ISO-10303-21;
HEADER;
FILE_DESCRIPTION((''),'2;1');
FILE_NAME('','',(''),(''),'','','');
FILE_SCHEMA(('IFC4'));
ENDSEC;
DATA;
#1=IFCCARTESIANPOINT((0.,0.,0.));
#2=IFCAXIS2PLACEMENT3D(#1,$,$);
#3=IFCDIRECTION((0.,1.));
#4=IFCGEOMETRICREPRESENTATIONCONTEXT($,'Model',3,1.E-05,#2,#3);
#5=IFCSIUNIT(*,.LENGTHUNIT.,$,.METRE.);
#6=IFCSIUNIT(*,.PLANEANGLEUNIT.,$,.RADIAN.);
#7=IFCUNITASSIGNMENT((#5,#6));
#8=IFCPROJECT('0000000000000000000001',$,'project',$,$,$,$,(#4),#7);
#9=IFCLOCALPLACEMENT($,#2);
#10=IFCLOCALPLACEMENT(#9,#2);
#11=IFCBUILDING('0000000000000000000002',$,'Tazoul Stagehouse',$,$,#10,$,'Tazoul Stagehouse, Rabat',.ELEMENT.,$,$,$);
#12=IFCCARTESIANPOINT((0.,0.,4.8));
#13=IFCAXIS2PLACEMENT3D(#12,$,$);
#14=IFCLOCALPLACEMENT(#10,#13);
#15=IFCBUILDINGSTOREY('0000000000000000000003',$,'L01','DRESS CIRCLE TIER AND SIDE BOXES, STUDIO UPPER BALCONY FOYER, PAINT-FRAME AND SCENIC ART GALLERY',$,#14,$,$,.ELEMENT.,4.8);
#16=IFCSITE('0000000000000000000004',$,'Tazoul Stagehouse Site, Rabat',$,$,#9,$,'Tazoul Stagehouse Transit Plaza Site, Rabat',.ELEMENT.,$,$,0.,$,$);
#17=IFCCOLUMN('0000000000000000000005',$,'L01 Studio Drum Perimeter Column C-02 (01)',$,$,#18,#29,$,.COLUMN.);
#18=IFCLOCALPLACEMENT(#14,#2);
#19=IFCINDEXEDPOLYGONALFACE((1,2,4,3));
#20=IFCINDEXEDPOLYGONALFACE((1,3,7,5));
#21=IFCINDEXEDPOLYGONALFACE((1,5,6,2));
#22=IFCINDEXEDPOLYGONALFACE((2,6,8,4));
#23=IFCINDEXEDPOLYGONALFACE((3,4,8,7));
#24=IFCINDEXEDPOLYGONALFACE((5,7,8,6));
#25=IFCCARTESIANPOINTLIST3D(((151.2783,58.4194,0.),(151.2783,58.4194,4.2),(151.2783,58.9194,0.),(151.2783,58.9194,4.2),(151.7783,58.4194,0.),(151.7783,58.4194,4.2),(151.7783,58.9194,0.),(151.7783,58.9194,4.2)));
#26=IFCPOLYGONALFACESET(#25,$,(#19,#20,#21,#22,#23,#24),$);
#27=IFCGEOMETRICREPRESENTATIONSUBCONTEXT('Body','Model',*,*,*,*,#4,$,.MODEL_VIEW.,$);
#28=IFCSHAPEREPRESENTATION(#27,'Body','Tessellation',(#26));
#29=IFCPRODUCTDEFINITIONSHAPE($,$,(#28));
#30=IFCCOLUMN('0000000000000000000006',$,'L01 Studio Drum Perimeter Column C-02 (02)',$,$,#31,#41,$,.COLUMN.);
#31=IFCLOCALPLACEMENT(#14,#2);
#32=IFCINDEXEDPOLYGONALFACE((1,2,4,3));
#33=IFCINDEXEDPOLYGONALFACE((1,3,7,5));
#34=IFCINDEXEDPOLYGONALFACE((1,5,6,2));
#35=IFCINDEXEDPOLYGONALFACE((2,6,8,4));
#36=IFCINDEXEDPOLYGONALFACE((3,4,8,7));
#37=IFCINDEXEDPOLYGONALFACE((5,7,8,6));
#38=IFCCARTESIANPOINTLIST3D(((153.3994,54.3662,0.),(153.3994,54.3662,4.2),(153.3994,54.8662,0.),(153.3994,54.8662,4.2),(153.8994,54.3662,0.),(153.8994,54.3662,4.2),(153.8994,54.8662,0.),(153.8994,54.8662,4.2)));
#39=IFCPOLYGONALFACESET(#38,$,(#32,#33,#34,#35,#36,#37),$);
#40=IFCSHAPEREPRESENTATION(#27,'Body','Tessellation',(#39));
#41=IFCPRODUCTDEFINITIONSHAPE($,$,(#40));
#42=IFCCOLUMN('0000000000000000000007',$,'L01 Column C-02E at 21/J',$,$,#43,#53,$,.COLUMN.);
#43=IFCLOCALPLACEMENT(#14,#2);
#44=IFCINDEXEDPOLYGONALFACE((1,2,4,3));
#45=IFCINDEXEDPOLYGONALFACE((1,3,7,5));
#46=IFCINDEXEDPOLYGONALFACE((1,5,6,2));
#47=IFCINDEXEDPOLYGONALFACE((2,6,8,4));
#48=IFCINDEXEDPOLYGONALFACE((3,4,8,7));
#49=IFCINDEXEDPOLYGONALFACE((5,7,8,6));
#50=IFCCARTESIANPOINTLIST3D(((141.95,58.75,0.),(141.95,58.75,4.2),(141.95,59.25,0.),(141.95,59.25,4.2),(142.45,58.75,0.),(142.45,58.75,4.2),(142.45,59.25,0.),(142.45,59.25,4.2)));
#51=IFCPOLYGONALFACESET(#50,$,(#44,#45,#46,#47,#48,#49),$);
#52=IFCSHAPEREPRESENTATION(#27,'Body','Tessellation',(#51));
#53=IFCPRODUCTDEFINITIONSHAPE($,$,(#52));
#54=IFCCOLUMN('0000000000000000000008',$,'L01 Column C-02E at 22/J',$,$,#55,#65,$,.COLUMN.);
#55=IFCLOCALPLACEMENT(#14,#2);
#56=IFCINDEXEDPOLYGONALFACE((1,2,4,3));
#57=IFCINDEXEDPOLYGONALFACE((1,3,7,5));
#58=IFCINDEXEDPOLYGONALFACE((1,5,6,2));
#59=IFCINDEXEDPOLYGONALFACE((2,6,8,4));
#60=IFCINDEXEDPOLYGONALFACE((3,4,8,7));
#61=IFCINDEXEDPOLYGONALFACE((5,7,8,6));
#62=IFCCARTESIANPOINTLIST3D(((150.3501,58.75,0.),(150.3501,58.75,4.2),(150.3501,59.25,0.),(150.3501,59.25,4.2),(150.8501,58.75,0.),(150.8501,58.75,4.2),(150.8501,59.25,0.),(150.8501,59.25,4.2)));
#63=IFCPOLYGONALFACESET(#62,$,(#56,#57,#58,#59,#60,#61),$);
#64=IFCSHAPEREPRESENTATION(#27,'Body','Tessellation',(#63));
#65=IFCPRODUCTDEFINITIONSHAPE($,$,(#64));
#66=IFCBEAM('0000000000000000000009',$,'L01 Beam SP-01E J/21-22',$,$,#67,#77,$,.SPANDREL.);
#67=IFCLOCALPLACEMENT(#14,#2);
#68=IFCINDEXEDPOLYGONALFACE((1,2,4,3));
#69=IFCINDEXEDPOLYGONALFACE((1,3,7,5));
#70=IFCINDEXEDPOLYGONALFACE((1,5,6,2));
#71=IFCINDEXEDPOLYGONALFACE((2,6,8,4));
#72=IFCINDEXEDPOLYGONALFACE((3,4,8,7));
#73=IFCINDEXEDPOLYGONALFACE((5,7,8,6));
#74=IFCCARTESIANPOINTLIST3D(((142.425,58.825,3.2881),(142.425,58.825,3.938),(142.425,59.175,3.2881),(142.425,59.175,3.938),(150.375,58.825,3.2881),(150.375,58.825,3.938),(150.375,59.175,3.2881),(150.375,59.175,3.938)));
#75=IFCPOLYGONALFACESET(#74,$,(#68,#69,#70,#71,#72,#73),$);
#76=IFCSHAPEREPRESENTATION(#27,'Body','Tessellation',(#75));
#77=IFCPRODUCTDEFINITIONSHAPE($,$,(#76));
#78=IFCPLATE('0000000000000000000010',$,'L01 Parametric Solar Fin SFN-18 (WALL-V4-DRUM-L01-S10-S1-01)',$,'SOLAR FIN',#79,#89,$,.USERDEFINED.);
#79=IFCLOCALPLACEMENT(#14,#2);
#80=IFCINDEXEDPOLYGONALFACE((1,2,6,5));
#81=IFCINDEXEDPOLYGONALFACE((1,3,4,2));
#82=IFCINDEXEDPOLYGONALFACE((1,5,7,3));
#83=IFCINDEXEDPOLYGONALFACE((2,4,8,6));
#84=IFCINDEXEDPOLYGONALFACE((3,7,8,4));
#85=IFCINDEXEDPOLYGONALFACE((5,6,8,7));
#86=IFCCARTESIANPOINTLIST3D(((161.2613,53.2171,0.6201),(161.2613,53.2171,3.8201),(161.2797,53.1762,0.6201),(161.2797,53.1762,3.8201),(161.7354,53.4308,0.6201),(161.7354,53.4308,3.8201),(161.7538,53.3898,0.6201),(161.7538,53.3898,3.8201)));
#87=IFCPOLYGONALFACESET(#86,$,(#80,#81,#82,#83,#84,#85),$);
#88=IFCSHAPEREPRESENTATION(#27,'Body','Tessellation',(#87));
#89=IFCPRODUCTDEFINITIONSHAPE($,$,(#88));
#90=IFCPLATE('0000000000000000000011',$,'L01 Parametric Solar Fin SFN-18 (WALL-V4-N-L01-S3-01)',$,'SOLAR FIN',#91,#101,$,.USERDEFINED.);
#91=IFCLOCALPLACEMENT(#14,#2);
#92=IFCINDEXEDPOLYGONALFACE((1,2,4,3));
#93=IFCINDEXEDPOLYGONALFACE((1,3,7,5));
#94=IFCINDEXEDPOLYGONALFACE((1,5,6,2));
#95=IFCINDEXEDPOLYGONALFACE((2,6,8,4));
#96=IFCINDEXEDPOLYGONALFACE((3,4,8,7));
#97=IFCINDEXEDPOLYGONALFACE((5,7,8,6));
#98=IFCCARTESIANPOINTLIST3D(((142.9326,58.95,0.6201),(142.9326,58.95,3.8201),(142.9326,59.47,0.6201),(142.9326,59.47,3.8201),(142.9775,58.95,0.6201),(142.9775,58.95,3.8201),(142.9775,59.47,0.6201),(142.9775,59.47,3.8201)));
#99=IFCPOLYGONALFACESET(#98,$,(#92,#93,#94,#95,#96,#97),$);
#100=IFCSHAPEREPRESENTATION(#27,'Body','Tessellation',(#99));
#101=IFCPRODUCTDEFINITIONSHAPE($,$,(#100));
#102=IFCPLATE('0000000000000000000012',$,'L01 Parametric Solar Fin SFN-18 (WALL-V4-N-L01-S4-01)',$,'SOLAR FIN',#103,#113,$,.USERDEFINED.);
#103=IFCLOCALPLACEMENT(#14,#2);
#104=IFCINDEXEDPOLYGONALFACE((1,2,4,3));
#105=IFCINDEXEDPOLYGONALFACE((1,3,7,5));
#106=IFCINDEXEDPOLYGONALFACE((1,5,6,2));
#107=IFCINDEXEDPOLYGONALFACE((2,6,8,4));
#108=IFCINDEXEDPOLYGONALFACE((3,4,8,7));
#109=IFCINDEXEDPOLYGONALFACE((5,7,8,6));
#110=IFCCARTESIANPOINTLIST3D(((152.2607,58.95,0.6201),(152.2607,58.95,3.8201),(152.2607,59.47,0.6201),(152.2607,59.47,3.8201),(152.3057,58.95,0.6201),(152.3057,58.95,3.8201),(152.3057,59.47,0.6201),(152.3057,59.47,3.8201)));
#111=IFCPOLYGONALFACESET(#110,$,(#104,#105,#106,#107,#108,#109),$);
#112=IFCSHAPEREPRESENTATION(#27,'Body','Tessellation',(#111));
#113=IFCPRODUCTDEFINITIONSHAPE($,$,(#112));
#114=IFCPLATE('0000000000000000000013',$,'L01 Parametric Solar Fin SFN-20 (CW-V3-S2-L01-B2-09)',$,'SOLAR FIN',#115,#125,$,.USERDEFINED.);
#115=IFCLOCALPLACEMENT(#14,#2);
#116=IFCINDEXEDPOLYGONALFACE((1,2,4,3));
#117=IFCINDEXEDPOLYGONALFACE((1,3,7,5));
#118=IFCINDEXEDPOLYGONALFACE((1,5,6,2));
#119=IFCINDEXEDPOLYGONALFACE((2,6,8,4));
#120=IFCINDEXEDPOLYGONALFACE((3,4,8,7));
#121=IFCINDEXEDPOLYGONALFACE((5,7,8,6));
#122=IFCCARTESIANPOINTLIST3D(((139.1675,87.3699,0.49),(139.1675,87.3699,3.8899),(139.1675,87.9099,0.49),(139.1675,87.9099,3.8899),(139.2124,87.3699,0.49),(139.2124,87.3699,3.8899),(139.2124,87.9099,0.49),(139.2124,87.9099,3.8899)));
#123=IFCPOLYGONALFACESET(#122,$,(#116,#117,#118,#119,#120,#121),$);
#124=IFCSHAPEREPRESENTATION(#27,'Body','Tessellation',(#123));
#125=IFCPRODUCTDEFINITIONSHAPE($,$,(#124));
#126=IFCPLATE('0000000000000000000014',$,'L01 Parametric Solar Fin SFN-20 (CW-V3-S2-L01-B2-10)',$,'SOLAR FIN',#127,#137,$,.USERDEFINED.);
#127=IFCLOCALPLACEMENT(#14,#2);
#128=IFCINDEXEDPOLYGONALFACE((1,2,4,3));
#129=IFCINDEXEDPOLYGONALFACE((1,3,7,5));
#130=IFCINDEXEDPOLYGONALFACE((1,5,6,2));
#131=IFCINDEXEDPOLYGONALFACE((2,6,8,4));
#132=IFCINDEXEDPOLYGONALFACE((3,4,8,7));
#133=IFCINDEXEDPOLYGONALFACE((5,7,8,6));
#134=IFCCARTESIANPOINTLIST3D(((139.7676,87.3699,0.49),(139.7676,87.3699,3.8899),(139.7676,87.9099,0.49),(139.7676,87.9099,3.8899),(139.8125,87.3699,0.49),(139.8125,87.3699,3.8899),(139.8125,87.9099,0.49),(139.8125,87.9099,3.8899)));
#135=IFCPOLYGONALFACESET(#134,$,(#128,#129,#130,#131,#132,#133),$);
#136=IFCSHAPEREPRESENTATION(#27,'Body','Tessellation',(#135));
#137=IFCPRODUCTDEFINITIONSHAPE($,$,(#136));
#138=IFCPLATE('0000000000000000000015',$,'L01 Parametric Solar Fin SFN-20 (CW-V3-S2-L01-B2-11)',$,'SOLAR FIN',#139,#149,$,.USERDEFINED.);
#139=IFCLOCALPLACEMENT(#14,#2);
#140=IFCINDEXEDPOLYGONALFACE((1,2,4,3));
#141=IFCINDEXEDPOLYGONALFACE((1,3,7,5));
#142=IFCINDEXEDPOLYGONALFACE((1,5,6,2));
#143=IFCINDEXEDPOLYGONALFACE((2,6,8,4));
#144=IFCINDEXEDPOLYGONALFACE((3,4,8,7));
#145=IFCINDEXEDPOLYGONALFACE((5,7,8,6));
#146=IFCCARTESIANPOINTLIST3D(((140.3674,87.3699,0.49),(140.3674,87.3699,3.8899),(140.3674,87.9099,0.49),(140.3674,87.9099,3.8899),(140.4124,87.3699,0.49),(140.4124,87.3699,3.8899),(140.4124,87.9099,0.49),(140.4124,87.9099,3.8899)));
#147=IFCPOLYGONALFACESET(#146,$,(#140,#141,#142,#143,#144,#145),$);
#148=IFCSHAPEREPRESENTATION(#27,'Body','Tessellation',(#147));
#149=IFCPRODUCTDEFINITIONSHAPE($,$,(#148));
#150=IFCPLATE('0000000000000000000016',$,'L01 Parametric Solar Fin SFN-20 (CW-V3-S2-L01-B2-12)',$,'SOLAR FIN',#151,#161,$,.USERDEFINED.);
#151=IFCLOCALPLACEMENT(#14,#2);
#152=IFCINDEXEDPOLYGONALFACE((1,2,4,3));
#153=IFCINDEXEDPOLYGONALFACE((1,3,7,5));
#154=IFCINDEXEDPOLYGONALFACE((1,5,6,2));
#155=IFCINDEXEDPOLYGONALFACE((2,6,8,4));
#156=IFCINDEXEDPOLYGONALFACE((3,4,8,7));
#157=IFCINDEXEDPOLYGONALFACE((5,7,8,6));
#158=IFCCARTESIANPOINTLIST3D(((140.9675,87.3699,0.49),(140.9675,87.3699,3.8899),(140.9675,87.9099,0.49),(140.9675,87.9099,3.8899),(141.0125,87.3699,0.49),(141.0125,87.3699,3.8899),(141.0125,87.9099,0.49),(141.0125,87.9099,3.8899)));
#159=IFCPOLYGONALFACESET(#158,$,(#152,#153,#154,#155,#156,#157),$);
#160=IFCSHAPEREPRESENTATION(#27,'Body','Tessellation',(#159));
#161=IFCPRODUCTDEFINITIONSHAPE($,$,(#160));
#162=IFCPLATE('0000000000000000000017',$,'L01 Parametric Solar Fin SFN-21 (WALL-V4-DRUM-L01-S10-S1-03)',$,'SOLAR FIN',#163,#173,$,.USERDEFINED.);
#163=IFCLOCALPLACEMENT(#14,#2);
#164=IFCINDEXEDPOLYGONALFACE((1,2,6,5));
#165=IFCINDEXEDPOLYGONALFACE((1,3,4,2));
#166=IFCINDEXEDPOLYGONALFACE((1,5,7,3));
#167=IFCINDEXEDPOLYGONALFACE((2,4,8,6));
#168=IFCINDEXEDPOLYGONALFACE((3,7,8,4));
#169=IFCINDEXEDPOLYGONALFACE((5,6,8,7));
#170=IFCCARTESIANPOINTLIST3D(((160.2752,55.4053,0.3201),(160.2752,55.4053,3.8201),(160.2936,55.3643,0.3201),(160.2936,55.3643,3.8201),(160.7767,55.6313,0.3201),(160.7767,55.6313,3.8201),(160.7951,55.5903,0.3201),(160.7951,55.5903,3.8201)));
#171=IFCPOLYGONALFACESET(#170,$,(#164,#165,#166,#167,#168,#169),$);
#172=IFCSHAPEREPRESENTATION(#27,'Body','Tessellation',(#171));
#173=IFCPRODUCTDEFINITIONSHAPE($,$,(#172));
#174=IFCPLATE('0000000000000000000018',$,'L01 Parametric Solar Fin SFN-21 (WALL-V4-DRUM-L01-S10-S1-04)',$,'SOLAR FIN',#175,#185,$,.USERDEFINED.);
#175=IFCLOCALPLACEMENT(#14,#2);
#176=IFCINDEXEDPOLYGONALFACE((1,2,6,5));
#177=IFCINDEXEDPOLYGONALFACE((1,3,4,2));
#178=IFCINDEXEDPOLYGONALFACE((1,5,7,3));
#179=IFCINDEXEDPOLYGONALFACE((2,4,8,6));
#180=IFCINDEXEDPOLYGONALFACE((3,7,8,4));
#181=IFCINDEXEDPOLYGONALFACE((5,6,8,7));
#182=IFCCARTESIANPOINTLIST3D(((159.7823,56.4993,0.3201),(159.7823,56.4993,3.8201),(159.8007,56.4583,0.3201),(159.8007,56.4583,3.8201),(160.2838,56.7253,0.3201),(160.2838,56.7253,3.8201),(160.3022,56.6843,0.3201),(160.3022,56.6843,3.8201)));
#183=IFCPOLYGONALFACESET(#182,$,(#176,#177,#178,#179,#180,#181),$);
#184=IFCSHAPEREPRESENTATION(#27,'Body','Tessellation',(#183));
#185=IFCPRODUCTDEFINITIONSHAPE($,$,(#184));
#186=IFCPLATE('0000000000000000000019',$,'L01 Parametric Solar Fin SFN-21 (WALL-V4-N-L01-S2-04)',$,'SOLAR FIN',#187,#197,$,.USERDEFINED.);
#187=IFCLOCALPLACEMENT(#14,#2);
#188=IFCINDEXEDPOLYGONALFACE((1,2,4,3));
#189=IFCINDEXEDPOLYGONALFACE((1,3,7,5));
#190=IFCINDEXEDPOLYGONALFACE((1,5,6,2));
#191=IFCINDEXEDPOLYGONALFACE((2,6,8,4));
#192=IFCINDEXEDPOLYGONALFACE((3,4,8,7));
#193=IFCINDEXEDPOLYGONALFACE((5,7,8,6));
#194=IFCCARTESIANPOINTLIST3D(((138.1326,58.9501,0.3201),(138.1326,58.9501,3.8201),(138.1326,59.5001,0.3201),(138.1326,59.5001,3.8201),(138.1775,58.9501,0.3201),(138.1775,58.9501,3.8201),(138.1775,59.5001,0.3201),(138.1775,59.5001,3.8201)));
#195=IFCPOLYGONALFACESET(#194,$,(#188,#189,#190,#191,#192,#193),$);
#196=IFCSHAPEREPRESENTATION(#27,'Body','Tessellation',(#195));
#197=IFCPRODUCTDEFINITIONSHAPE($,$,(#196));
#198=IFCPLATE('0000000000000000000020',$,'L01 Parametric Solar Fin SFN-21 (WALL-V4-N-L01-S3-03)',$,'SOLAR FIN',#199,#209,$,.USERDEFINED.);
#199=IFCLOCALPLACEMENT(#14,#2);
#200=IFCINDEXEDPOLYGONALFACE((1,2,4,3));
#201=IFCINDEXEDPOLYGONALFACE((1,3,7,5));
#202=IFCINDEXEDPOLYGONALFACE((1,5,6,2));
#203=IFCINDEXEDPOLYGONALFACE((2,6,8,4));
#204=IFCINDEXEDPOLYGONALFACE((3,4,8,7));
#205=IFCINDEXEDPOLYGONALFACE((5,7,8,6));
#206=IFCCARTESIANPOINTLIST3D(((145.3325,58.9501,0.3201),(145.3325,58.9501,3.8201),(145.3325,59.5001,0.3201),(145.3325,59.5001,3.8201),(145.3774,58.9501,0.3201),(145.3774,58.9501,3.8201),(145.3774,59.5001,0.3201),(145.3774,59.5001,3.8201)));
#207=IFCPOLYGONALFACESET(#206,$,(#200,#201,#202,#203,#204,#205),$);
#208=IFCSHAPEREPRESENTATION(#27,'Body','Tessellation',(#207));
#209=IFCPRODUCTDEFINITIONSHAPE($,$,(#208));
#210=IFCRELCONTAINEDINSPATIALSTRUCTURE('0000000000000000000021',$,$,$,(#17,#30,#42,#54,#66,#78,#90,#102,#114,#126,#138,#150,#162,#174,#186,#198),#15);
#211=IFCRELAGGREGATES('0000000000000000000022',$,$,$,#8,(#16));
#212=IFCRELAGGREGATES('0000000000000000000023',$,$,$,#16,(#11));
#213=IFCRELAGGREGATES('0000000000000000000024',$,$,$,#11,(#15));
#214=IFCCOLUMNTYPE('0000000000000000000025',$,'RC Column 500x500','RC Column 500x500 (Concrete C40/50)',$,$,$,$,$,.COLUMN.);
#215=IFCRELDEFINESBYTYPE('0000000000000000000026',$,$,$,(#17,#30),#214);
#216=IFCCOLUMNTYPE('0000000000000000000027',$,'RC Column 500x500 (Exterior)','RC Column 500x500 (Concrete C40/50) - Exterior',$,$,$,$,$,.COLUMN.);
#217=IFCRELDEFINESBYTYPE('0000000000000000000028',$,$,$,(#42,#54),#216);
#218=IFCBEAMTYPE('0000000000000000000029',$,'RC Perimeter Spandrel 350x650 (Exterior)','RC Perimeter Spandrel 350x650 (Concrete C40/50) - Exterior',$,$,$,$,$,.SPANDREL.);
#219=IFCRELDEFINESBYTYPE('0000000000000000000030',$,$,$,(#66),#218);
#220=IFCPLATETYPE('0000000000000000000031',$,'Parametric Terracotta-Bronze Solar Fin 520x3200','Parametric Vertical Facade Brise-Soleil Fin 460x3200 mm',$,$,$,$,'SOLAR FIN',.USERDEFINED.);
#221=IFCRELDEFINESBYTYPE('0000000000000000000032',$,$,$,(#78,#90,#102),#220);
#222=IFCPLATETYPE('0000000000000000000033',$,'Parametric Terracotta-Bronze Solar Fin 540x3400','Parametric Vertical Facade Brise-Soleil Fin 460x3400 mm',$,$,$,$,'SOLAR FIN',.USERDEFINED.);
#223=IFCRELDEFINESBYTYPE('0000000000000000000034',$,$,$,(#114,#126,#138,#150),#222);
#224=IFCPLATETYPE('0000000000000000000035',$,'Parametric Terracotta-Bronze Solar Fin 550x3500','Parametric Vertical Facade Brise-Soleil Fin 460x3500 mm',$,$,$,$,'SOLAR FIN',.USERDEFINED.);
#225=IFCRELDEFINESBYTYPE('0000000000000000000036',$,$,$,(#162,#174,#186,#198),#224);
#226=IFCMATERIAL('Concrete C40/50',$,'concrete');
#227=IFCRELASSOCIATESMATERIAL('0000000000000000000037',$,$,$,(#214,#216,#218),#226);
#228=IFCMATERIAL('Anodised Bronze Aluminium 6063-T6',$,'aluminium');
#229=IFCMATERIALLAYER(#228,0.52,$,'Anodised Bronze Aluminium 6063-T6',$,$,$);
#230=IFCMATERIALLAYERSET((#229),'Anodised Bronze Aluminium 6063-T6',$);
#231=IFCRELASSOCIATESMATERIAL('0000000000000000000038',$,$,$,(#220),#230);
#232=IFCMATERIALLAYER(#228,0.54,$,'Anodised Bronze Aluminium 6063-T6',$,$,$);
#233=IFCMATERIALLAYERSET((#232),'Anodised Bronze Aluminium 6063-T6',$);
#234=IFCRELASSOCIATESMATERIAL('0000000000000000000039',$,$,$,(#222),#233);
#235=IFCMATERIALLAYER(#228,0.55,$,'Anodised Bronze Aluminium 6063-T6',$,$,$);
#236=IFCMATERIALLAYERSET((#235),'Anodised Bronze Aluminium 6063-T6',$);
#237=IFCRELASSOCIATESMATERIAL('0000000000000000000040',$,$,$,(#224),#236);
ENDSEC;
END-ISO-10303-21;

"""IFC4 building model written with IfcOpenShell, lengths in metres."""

from ifc_helpers import new_model, si_unit, direction, frame, origin, origin_2d, place, context, subcontext, project, spatial, rectangle, extrude, material, layer, layer_set, material_profile, profile_set, type_object, element, save


model = new_model("IFC4")

# Units and contexts
model_context = context("Model", 3, precision=1e-05, world=origin(), true_north=direction((0.0, 1.0)))
body_context = subcontext(model_context, "Body", "Model", "MODEL_VIEW")
ifc_project = project(units=[si_unit("LENGTHUNIT", "METRE"), si_unit("PLANEANGLEUNIT", "RADIAN")], contexts=[model_context])

# Site, building, storey
site_placement = place(None, origin())
site = spatial("IfcSite", under=ifc_project, at=site_placement, Name="Tazoul Stagehouse Site, Rabat", LongName="Tazoul Stagehouse Transit Plaza Site, Rabat", CompositionType="ELEMENT", RefElevation=0.0)
building_placement = place(site_placement, origin())
building = spatial("IfcBuilding", under=site, at=building_placement, Name="Tazoul Stagehouse", LongName="Tazoul Stagehouse, Rabat", CompositionType="ELEMENT")
storey_placement = place(building_placement, frame((0.0, 0.0, 4.8)))
storey = spatial("IfcBuildingStorey", under=building, at=storey_placement, Name="L01", Description="DRESS CIRCLE TIER AND SIDE BOXES, STUDIO UPPER BALCONY FOYER, PAINT-FRAME AND SCENIC ART GALLERY", CompositionType="ELEMENT", Elevation=4.8)

# Columns
ifc_material_1 = material(Name="Concrete C40/50", Category="concrete")
ifc_material_profile_1 = material_profile(ifc_material_1, rectangle(XDim=0.5, YDim=0.5, at=origin_2d()), Name="RC 500x500")
ifc_profile_set_1 = profile_set([ifc_material_profile_1], Name="Concrete C40/50")
column_type_1 = type_object("IfcColumnType", Name="RC Column 500x500", Description="RC Column 500x500 (Concrete C40/50)", PredefinedType="COLUMN", material=ifc_profile_set_1)
for number, where, z_axis, x_axis, name in (
    (1, (151.5283, 58.6694, 0.0), (0.0, 0.0, 1.0), (1.0, 0.0, 0.0), "L01 Studio Drum Perimeter Column C-02 (01)"),
    (2, (153.6494, 54.6162, 0.0), (0.0, 0.0, 1.0), (1.0, 0.0, 0.0), "L01 Studio Drum Perimeter Column C-02 (02)"),
):
    element("IfcColumn", number, at=place(storey_placement, frame(where, z_axis=z_axis, x_axis=x_axis)), inside=storey, type_object=column_type_1, Name=name, PredefinedType="COLUMN", context=body_context, shape_type="SweptSolid", body=[
        extrude(rectangle(XDim=0.5, YDim=0.5, at=origin_2d()), origin(), (0.0, 0.0, 1.0), 4.2),
    ])
ifc_material_profile_2 = material_profile(ifc_material_1, rectangle(XDim=0.5, YDim=0.5, at=origin_2d()), Name="RC 500x500")
ifc_profile_set_2 = profile_set([ifc_material_profile_2], Name="Concrete C40/50")
column_type_2 = type_object("IfcColumnType", Name="RC Column 500x500 (Exterior)", Description="RC Column 500x500 (Concrete C40/50) - Exterior", PredefinedType="COLUMN", material=ifc_profile_set_2)
for number, where, z_axis, x_axis, name in (
    (3, (142.2, 59.0, 0.0), (0.0, 0.0, 1.0), (1.0, 0.0, 0.0), "L01 Column C-02E at 21/J"),
    (4, (150.6001, 59.0, 0.0), (0.0, 0.0, 1.0), (1.0, 0.0, 0.0), "L01 Column C-02E at 22/J"),
):
    element("IfcColumn", number, at=place(storey_placement, frame(where, z_axis=z_axis, x_axis=x_axis)), inside=storey, type_object=column_type_2, Name=name, PredefinedType="COLUMN", context=body_context, shape_type="SweptSolid", body=[
        extrude(rectangle(XDim=0.5, YDim=0.5, at=origin_2d()), origin(), (0.0, 0.0, 1.0), 4.2),
    ])

# Beam
ifc_material_profile_3 = material_profile(ifc_material_1, rectangle(XDim=0.3501, YDim=0.6499, at=origin_2d()), Name="RC 350x650")
ifc_profile_set_3 = profile_set([ifc_material_profile_3], Name="Concrete C40/50")
beam_type = type_object("IfcBeamType", Name="RC Perimeter Spandrel 350x650 (Exterior)", Description="RC Perimeter Spandrel 350x650 (Concrete C40/50) - Exterior", PredefinedType="SPANDREL", material=ifc_profile_set_3)
beam_placement = place(storey_placement, frame((142.425, 59.0, 3.613), z_axis=(1.0, 0.0, 0.0), x_axis=(0.0, 1.0, 0.0)))
element("IfcBeam", 5, at=beam_placement, inside=storey, type_object=beam_type, Name="L01 Beam SP-01E J/21-22", PredefinedType="SPANDREL", context=body_context, shape_type="SweptSolid", body=[
    extrude(rectangle(XDim=0.3501, YDim=0.6499, at=origin_2d()), origin(), (0.0, 0.0, 1.0), 7.95),
])

# Plates
ifc_material_2 = material(Name="Anodised Bronze Aluminium 6063-T6", Category="aluminium")
ifc_layer_1 = layer(ifc_material_2, 0.52, Name="Anodised Bronze Aluminium 6063-T6")
ifc_layer_set_1 = layer_set([ifc_layer_1], Name="Anodised Bronze Aluminium 6063-T6")
plate_type_1 = type_object("IfcPlateType", Name="Parametric Terracotta-Bronze Solar Fin 520x3200", Description="Parametric Vertical Facade Brise-Soleil Fin 460x3200 mm", ElementType="SOLAR FIN", PredefinedType="USERDEFINED", material=ifc_layer_set_1)
for number, where, z_axis, x_axis, name in (
    (6, (161.5076, 53.3035, 0.6201), (0.0, 0.0, 1.0), (-0.41083, 0.911712, 0.0), "L01 Parametric Solar Fin SFN-18 (WALL-V4-DRUM-L01-S10-S1-01)"),
    (7, (142.9551, 59.21, 0.6201), (0.0, 0.0, 1.0), (1.0, 0.0, 0.0), "L01 Parametric Solar Fin SFN-18 (WALL-V4-N-L01-S3-01)"),
    (8, (152.2832, 59.21, 0.6201), (0.0, 0.0, 1.0), (1.0, 0.0, 0.0), "L01 Parametric Solar Fin SFN-18 (WALL-V4-N-L01-S4-01)"),
):
    element("IfcPlate", number, at=place(storey_placement, frame(where, z_axis=z_axis, x_axis=x_axis)), inside=storey, type_object=plate_type_1, Name=name, ObjectType="SOLAR FIN", PredefinedType="USERDEFINED", context=body_context, shape_type="SweptSolid", body=[
        extrude(rectangle(XDim=0.0449, YDim=0.52, at=origin_2d()), origin(), (0.0, 0.0, 1.0), 3.2),
    ])
ifc_layer_2 = layer(ifc_material_2, 0.54, Name="Anodised Bronze Aluminium 6063-T6")
ifc_layer_set_2 = layer_set([ifc_layer_2], Name="Anodised Bronze Aluminium 6063-T6")
plate_type_2 = type_object("IfcPlateType", Name="Parametric Terracotta-Bronze Solar Fin 540x3400", Description="Parametric Vertical Facade Brise-Soleil Fin 460x3400 mm", ElementType="SOLAR FIN", PredefinedType="USERDEFINED", material=ifc_layer_set_2)
for number, where, z_axis, x_axis, name in (
    (9, (139.1899, 87.6399, 0.49), (0.0, 0.0, 1.0), (1.0, 0.0, 0.0), "L01 Parametric Solar Fin SFN-20 (CW-V3-S2-L01-B2-09)"),
    (10, (139.79, 87.6399, 0.49), (0.0, 0.0, 1.0), (1.0, 0.0, 0.0), "L01 Parametric Solar Fin SFN-20 (CW-V3-S2-L01-B2-10)"),
    (11, (140.3899, 87.6399, 0.49), (0.0, 0.0, 1.0), (1.0, 0.0, 0.0), "L01 Parametric Solar Fin SFN-20 (CW-V3-S2-L01-B2-11)"),
    (12, (140.99, 87.6399, 0.49), (0.0, 0.0, 1.0), (1.0, 0.0, 0.0), "L01 Parametric Solar Fin SFN-20 (CW-V3-S2-L01-B2-12)"),
):
    element("IfcPlate", number, at=place(storey_placement, frame(where, z_axis=z_axis, x_axis=x_axis)), inside=storey, type_object=plate_type_2, Name=name, ObjectType="SOLAR FIN", PredefinedType="USERDEFINED", context=body_context, shape_type="SweptSolid", body=[
        extrude(rectangle(XDim=0.0449, YDim=0.54, at=origin_2d()), origin(), (0.0, 0.0, 1.0), 3.3999),
    ])
ifc_layer_3 = layer(ifc_material_2, 0.55, Name="Anodised Bronze Aluminium 6063-T6")
ifc_layer_set_3 = layer_set([ifc_layer_3], Name="Anodised Bronze Aluminium 6063-T6")
plate_type_3 = type_object("IfcPlateType", Name="Parametric Terracotta-Bronze Solar Fin 550x3500", Description="Parametric Vertical Facade Brise-Soleil Fin 460x3500 mm", ElementType="SOLAR FIN", PredefinedType="USERDEFINED", material=ifc_layer_set_3)
for number, where, z_axis, x_axis, name in (
    (13, (160.5352, 55.4978, 0.3201), (0.0, 0.0, 1.0), (-0.41083, 0.911712, 0.0), "L01 Parametric Solar Fin SFN-21 (WALL-V4-DRUM-L01-S10-S1-03)"),
    (14, (160.0422, 56.5918, 0.3201), (0.0, 0.0, 1.0), (-0.41083, 0.911712, 0.0), "L01 Parametric Solar Fin SFN-21 (WALL-V4-DRUM-L01-S10-S1-04)"),
    (15, (138.155, 59.2251, 0.3201), (0.0, 0.0, 1.0), (1.0, 0.0, 0.0), "L01 Parametric Solar Fin SFN-21 (WALL-V4-N-L01-S2-04)"),
    (16, (145.355, 59.2251, 0.3201), (0.0, 0.0, 1.0), (1.0, 0.0, 0.0), "L01 Parametric Solar Fin SFN-21 (WALL-V4-N-L01-S3-03)"),
):
    element("IfcPlate", number, at=place(storey_placement, frame(where, z_axis=z_axis, x_axis=x_axis)), inside=storey, type_object=plate_type_3, Name=name, ObjectType="SOLAR FIN", PredefinedType="USERDEFINED", context=body_context, shape_type="SweptSolid", body=[
        extrude(rectangle(XDim=0.0449, YDim=0.55, at=origin_2d()), origin(), (0.0, 0.0, 1.0), 3.5),
    ])

save(model, "model.ifc")
